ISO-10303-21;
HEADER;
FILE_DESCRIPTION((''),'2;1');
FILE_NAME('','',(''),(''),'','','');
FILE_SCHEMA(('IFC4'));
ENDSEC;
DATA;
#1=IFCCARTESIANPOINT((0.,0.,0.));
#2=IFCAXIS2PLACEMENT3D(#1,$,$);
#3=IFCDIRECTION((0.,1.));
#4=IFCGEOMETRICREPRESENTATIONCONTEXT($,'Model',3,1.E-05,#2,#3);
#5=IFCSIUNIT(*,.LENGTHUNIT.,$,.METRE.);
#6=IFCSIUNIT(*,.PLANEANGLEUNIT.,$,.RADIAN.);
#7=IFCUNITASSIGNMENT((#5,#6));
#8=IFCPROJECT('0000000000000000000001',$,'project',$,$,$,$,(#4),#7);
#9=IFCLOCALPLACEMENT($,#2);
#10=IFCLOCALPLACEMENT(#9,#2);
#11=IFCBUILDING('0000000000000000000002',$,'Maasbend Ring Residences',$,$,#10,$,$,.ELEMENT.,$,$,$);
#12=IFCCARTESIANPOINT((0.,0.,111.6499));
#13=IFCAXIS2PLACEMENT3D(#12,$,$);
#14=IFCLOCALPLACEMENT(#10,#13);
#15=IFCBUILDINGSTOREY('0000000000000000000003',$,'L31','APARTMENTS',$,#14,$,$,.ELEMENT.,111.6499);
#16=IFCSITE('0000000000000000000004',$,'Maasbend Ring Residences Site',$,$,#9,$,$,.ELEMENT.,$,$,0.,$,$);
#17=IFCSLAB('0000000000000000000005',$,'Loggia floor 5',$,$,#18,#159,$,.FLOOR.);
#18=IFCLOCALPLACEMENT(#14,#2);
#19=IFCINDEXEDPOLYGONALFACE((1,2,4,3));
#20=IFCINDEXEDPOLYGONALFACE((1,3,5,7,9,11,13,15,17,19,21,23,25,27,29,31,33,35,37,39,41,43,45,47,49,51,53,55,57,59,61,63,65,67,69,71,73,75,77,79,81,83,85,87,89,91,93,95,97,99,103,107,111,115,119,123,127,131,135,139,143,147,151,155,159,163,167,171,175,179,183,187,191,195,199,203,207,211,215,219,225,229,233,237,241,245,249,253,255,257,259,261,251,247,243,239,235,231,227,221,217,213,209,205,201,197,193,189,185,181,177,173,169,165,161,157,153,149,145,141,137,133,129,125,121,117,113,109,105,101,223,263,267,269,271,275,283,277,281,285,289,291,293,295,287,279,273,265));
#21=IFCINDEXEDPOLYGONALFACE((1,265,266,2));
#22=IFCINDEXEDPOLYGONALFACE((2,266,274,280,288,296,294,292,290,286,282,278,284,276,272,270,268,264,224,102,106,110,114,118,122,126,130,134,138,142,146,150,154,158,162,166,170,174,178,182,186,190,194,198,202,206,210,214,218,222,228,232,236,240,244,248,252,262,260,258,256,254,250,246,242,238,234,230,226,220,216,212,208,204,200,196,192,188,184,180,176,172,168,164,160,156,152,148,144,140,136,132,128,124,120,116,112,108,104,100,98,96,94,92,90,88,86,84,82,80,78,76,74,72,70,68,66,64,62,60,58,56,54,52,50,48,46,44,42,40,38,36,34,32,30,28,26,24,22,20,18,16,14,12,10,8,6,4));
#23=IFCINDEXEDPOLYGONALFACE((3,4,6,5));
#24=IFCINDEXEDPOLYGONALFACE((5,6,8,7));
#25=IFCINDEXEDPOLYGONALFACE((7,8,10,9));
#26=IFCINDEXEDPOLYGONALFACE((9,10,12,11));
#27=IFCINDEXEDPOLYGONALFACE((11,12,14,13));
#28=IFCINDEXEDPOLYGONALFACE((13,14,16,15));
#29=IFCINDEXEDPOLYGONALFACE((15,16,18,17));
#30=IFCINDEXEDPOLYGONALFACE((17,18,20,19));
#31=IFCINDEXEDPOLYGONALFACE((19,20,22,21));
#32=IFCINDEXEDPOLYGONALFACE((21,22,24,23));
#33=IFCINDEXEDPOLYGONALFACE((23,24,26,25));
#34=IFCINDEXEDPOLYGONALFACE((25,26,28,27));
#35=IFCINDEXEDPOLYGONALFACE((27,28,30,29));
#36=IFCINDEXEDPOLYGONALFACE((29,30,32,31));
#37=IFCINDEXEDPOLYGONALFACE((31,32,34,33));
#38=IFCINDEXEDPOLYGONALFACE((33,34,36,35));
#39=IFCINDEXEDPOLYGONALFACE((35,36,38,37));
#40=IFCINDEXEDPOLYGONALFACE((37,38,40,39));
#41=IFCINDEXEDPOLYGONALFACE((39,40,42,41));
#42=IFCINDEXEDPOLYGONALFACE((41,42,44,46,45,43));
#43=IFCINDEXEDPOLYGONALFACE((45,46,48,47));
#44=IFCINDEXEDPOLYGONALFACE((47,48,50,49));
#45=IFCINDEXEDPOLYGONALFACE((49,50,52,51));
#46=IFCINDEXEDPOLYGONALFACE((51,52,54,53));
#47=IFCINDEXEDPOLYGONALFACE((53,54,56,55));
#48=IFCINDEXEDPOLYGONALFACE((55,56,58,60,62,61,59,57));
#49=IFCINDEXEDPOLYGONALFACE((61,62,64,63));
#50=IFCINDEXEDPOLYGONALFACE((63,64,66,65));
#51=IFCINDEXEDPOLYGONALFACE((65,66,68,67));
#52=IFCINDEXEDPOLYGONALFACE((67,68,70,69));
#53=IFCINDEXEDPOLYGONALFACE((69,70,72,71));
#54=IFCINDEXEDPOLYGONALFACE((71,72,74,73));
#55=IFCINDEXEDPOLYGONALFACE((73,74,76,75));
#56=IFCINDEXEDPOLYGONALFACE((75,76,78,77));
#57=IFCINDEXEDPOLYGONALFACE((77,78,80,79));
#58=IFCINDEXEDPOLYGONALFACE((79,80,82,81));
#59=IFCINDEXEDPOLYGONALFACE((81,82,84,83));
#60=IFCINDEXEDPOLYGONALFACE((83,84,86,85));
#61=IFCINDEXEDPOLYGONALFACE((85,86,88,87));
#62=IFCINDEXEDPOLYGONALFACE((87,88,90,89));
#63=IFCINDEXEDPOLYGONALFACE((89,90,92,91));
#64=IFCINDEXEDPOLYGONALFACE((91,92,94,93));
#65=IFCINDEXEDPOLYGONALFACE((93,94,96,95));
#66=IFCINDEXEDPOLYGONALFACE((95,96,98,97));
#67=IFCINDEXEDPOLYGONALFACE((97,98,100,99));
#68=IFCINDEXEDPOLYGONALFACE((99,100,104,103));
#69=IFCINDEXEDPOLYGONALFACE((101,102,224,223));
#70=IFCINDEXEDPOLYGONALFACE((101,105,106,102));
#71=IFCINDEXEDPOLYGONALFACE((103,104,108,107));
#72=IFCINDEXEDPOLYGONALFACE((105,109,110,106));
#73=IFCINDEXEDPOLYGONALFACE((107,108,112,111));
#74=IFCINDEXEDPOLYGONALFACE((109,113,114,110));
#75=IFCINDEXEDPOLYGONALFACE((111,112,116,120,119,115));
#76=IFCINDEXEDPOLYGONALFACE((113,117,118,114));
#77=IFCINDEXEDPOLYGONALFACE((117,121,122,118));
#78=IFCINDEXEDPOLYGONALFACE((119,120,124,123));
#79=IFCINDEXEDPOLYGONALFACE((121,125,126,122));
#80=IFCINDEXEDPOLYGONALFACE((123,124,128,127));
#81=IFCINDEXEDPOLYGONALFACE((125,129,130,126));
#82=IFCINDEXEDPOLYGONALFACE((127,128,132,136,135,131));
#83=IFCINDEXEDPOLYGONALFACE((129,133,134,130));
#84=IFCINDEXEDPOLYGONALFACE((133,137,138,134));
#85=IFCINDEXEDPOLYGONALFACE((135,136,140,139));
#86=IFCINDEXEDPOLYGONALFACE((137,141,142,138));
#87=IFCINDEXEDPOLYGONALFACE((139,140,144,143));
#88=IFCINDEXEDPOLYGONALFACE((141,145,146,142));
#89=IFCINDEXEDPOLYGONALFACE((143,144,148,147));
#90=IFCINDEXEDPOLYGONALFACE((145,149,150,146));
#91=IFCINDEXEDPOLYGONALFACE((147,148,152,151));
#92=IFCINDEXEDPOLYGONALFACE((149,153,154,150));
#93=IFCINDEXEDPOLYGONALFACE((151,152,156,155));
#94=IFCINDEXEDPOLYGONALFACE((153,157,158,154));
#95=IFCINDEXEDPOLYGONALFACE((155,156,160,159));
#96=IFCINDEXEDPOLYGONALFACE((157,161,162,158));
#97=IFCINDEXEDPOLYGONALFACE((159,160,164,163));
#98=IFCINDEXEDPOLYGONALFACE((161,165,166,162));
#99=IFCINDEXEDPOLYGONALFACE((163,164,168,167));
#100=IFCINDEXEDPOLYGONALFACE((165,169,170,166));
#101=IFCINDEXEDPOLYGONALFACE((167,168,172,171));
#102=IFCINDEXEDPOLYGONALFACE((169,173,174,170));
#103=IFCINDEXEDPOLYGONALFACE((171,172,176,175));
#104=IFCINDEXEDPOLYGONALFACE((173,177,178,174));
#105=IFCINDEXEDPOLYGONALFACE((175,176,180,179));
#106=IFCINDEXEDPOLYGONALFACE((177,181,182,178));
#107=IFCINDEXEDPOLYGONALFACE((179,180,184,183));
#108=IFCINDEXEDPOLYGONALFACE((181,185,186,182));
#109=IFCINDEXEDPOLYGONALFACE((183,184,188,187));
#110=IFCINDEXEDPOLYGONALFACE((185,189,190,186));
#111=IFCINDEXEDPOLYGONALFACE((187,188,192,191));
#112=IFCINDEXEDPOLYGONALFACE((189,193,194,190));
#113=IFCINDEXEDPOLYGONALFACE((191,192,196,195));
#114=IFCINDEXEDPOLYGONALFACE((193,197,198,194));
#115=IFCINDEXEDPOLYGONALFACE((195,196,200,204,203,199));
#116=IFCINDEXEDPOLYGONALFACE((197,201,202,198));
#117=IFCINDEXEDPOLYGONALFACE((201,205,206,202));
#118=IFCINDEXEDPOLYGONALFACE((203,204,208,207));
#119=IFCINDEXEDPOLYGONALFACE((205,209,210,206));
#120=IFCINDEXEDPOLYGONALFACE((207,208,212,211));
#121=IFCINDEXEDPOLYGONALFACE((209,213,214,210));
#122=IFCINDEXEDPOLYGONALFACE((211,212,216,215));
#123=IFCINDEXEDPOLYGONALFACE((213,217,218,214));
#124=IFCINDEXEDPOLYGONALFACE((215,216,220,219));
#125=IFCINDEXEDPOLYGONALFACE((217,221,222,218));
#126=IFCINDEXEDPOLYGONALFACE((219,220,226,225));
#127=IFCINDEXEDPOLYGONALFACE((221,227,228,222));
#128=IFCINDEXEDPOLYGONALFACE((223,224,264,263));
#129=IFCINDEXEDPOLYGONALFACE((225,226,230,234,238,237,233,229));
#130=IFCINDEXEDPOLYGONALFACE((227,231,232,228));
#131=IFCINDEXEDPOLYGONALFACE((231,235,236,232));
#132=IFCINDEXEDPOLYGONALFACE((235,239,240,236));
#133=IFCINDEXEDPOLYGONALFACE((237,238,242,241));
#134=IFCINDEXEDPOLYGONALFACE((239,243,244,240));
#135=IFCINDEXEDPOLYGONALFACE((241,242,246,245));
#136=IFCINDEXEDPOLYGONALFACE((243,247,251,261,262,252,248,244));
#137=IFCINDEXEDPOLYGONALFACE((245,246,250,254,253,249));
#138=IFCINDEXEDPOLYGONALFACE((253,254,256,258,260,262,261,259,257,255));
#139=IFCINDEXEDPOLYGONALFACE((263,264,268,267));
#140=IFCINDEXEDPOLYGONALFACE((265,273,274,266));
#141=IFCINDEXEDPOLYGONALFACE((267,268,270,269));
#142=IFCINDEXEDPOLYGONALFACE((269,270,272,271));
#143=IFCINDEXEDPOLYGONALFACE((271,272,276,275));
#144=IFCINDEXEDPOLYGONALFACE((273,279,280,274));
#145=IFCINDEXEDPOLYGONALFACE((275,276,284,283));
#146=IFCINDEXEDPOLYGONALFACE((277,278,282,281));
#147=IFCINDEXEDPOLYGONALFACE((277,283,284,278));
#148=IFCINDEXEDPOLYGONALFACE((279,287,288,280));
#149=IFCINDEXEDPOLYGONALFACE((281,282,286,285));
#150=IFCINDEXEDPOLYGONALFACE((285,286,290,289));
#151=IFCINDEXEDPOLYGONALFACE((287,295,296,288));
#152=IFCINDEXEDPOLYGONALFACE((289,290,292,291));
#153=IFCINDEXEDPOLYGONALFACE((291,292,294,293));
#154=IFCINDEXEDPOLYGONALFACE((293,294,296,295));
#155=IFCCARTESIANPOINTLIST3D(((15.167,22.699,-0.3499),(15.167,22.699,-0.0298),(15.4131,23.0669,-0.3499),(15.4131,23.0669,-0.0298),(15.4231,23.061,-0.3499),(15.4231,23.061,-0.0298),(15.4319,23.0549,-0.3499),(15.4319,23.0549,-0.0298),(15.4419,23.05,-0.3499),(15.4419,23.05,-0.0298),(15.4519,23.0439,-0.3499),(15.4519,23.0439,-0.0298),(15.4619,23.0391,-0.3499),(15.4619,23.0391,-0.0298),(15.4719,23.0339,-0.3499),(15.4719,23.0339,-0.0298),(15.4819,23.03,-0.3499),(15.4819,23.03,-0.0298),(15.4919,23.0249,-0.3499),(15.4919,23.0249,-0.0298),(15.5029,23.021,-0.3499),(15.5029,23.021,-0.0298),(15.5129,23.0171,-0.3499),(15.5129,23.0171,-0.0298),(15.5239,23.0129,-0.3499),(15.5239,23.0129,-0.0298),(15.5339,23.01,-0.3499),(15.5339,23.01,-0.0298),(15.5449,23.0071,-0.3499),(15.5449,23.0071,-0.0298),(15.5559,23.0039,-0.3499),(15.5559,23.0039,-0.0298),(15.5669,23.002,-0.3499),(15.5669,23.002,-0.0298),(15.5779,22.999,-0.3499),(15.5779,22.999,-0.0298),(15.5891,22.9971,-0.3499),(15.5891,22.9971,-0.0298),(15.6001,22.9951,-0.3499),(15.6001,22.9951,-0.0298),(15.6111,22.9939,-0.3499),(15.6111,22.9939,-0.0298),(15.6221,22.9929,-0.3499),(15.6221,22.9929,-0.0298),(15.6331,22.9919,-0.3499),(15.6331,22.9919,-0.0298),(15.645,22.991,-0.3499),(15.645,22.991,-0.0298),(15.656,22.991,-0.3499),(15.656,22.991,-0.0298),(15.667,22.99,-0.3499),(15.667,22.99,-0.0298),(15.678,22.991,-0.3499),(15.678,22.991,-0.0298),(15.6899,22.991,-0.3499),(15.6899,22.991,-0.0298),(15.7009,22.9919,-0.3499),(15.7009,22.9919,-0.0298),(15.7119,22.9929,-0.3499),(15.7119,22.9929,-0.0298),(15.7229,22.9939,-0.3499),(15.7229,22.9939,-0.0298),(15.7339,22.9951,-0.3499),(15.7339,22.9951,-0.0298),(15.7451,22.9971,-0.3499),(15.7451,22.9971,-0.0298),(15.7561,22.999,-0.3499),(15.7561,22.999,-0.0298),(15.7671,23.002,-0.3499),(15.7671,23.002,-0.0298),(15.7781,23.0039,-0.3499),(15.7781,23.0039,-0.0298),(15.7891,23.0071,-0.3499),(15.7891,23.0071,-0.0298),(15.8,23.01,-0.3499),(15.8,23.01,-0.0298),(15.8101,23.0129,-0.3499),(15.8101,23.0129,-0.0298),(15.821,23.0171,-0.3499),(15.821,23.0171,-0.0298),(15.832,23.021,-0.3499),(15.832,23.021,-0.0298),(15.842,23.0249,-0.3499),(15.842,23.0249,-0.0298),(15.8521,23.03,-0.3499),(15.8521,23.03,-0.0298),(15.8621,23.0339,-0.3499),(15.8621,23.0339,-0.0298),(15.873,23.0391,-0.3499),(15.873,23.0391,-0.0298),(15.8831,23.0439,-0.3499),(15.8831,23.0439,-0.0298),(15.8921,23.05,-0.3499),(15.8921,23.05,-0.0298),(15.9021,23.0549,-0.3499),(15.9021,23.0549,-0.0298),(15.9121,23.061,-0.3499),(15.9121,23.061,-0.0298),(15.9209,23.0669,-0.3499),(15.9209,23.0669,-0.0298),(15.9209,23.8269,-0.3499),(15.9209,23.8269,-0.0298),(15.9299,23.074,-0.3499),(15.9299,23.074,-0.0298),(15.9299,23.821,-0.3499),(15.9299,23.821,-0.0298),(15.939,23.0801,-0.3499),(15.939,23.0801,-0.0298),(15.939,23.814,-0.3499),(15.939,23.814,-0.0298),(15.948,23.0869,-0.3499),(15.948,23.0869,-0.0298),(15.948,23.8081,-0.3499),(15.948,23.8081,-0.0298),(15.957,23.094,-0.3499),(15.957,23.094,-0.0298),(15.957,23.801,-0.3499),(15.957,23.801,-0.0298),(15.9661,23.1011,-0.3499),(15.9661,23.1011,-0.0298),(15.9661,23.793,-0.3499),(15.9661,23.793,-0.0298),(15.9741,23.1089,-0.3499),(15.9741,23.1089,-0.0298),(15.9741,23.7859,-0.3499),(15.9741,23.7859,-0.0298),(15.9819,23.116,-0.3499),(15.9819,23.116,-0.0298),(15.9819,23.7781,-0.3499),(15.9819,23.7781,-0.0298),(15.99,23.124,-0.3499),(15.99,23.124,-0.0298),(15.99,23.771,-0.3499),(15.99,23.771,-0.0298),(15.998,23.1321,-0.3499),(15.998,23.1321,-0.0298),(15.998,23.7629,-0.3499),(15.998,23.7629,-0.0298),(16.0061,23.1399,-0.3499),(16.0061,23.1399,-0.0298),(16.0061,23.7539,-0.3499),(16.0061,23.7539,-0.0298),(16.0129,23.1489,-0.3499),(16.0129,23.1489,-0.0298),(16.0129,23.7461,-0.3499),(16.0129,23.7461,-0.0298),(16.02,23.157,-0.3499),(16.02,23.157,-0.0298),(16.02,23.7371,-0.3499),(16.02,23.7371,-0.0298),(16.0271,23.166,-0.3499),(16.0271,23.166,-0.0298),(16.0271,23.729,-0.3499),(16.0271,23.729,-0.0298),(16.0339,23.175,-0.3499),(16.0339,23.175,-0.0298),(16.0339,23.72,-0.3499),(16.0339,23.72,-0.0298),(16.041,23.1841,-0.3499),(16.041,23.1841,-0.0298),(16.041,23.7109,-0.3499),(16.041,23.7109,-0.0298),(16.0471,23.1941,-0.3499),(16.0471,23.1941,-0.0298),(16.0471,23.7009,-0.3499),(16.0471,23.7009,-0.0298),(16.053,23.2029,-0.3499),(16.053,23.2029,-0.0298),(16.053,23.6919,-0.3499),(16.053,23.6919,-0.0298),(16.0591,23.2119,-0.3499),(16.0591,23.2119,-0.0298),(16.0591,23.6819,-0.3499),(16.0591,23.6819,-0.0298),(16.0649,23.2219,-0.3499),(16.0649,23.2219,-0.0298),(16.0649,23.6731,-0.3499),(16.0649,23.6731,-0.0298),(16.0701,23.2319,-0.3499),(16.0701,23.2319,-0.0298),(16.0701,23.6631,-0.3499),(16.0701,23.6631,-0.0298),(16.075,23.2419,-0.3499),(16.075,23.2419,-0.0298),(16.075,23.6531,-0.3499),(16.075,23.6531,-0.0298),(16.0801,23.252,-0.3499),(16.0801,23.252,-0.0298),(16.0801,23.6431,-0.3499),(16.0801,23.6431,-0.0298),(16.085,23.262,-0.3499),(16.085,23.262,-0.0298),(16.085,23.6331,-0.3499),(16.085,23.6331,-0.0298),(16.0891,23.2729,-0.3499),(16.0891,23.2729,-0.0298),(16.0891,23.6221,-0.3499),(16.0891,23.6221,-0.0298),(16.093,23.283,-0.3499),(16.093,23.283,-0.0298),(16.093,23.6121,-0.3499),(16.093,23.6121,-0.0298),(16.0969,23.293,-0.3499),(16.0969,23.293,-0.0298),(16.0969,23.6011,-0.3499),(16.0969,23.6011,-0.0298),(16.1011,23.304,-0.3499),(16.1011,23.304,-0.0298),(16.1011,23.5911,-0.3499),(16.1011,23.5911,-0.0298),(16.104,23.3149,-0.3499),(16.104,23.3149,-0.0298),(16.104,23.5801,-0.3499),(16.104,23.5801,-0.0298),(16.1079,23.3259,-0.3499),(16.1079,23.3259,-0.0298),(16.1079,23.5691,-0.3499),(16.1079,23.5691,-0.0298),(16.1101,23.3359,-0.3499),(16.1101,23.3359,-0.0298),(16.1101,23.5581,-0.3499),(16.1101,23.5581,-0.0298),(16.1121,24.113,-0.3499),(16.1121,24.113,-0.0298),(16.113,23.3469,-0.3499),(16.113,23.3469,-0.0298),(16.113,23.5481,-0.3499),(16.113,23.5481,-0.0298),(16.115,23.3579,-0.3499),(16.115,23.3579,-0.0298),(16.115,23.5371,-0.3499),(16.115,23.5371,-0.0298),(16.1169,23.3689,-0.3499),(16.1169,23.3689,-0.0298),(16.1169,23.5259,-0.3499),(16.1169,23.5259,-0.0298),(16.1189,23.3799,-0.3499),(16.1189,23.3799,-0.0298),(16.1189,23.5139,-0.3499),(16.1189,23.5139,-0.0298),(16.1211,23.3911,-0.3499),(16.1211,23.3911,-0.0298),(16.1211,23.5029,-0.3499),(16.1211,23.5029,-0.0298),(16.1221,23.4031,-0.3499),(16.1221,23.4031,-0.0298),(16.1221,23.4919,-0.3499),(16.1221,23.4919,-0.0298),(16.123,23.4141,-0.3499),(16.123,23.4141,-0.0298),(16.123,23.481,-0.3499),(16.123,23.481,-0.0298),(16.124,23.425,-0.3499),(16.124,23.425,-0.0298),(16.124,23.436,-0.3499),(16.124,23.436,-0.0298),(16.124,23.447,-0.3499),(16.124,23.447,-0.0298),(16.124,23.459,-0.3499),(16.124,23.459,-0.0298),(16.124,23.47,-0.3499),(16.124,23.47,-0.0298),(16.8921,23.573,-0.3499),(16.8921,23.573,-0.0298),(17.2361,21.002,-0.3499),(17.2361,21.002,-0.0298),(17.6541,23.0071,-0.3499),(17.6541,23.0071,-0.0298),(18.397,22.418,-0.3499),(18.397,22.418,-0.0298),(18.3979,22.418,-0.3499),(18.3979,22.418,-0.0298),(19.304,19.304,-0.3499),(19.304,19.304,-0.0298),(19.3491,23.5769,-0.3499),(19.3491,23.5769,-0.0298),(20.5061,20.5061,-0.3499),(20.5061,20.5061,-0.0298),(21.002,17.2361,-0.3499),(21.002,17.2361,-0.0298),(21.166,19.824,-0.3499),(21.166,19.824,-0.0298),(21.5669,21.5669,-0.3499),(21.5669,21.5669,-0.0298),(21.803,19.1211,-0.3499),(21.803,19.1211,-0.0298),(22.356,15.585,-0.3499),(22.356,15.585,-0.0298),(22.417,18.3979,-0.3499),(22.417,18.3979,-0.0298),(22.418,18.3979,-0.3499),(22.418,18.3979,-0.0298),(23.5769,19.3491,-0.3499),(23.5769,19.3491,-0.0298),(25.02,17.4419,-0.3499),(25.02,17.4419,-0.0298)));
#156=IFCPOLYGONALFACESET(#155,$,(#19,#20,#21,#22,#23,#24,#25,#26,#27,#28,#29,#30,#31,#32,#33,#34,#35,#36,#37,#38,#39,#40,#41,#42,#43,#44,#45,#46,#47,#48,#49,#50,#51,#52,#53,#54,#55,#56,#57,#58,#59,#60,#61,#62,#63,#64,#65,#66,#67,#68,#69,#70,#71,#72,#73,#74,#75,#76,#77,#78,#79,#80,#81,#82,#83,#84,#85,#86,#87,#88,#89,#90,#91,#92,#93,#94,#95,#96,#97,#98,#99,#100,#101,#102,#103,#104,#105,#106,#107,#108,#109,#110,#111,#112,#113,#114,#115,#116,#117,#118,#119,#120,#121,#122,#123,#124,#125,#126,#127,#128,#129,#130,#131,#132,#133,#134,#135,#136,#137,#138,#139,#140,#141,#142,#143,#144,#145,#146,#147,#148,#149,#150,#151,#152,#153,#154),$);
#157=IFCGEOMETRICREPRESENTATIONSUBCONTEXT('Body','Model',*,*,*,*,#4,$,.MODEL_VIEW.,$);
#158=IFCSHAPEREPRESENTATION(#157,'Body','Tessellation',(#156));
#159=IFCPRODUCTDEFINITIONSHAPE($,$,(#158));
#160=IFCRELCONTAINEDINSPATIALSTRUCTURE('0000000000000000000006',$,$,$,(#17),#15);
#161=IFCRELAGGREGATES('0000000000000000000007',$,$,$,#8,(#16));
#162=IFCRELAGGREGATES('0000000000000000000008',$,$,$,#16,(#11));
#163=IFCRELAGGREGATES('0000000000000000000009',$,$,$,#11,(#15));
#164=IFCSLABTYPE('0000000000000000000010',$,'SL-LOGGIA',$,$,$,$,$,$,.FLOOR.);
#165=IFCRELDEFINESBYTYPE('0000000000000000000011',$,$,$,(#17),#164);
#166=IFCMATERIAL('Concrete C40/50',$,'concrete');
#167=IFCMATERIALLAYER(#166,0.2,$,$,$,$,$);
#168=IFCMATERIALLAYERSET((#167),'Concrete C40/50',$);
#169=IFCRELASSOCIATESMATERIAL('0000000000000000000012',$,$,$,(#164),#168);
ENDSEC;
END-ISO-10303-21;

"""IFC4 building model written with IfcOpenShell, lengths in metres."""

from ifc_helpers import new_model, si_unit, direction, frame, origin, place, context, subcontext, project, spatial, polyline, outline, extrude, material, layer, layer_set, type_object, element, save


model = new_model("IFC4")

# Units and contexts
model_context = context("Model", 3, precision=1e-05, world=origin(), true_north=direction((0.0, 1.0)))
body_context = subcontext(model_context, "Body", "Model", "MODEL_VIEW")
ifc_project = project(units=[si_unit("LENGTHUNIT", "METRE"), si_unit("PLANEANGLEUNIT", "RADIAN")], contexts=[model_context])

# Site, building, storey
site_placement = place(None, origin())
site = spatial("IfcSite", under=ifc_project, at=site_placement, Name="Maasbend Ring Residences Site", CompositionType="ELEMENT", RefElevation=0.0)
building_placement = place(site_placement, origin())
building = spatial("IfcBuilding", under=site, at=building_placement, Name="Maasbend Ring Residences", CompositionType="ELEMENT")
storey_placement = place(building_placement, frame((0.0, 0.0, 111.6499)))
storey = spatial("IfcBuildingStorey", under=building, at=storey_placement, Name="L31", Description="APARTMENTS", CompositionType="ELEMENT", Elevation=111.6499)

# Slab
ifc_material_1 = material(Name="Concrete C40/50", Category="concrete")
ifc_layer_1 = layer(ifc_material_1, 0.2)
ifc_layer_set_1 = layer_set([ifc_layer_1], Name="Concrete C40/50")
slab_type_1 = type_object("IfcSlabType", Name="SL-LOGGIA", PredefinedType="FLOOR", material=ifc_layer_set_1)
slab_1_placement = place(storey_placement, frame((0.0, 0.0, -0.3499)))
element("IfcSlab", 1, at=slab_1_placement, inside=storey, type_object=slab_type_1, Name="Loggia floor 5", PredefinedType="FLOOR", context=body_context, shape_type="SweptSolid", body=[
    extrude(outline(polyline([(15.4319, 23.0549), (15.4419, 23.05), (15.4519, 23.0439), (15.4619, 23.0391), (15.4719, 23.0339), (15.4819, 23.03), (15.4919, 23.0249), (15.5029, 23.021), (15.5129, 23.0171), (15.5239, 23.0129), (15.5339, 23.01), (15.5449, 23.0071), (15.5559, 23.0039), (15.5669, 23.002), (15.5779, 22.999), (15.5891, 22.9971), (15.6001, 22.9951), (15.6111, 22.9939), (15.6221, 22.9929), (15.6331, 22.9919), (15.645, 22.991), (15.656, 22.991), (15.667, 22.99), (15.678, 22.991), (15.6899, 22.991), (15.7009, 22.9919), (15.7119, 22.9929), (15.7229, 22.9939), (15.7339, 22.9951), (15.7451, 22.9971), (15.7561, 22.999), (15.7671, 23.002), (15.7781, 23.0039), (15.7891, 23.0071), (15.8, 23.01), (15.8101, 23.0129), (15.821, 23.0171), (15.832, 23.021), (15.842, 23.0249), (15.8521, 23.03), (15.8621, 23.0339), (15.873, 23.0391), (15.8831, 23.0439), (15.8921, 23.05), (15.9021, 23.0549), (15.9121, 23.061), (15.9209, 23.0669), (15.9299, 23.074), (15.939, 23.0801), (15.948, 23.0869), (15.957, 23.094), (15.9661, 23.1011), (15.9741, 23.1089), (15.9819, 23.116), (15.99, 23.124), (15.998, 23.1321), (16.0061, 23.1399), (16.0129, 23.1489), (16.02, 23.157), (16.0271, 23.166), (16.0339, 23.175), (16.041, 23.1841), (16.0471, 23.1941), (16.053, 23.2029), (16.0591, 23.2119), (16.0649, 23.2219), (16.0701, 23.2319), (16.075, 23.2419), (16.0801, 23.252), (16.085, 23.262), (16.0891, 23.2729), (16.093, 23.283), (16.0969, 23.293), (16.1011, 23.304), (16.104, 23.3149), (16.1079, 23.3259), (16.1101, 23.3359), (16.113, 23.3469), (16.115, 23.3579), (16.1169, 23.3689), (16.1189, 23.3799), (16.1211, 23.3911), (16.1221, 23.4031), (16.123, 23.4141), (16.124, 23.425), (16.124, 23.436), (16.124, 23.447), (16.124, 23.459), (16.124, 23.47), (16.123, 23.481), (16.1221, 23.4919), (16.1211, 23.5029), (16.1189, 23.5139), (16.1169, 23.5259), (16.115, 23.5371), (16.113, 23.5481), (16.1101, 23.5581), (16.1079, 23.5691), (16.104, 23.5801), (16.1011, 23.5911), (16.0969, 23.6011), (16.093, 23.6121), (16.0891, 23.6221), (16.085, 23.6331), (16.0801, 23.6431), (16.075, 23.6531), (16.0701, 23.6631), (16.0649, 23.6731), (16.0591, 23.6819), (16.053, 23.6919), (16.0471, 23.7009), (16.041, 23.7109), (16.0339, 23.72), (16.0271, 23.729), (16.02, 23.7371), (16.0129, 23.7461), (16.0061, 23.7539), (15.998, 23.7629), (15.99, 23.771), (15.9819, 23.7781), (15.9741, 23.7859), (15.9661, 23.793), (15.957, 23.801), (15.948, 23.8081), (15.939, 23.814), (15.9299, 23.821), (15.9209, 23.8269), (15.9209, 23.8269), (16.1121, 24.113), (16.1121, 24.113), (16.1121, 24.113), (16.8921, 23.573), (16.8921, 23.573), (17.6541, 23.0071), (17.6541, 23.0071), (18.397, 22.418), (18.397, 22.418), (18.397, 22.418), (18.397, 22.418), (18.397, 22.418), (18.397, 22.418), (18.397, 22.418), (18.397, 22.418), (18.397, 22.418), (18.397, 22.418), (18.397, 22.418), (18.3979, 22.418), (18.3979, 22.418), (18.3979, 22.418), (18.3979, 22.418), (18.3979, 22.418), (18.3979, 22.418), (19.3491, 23.5769), (19.3491, 23.5769), (19.3491, 23.5769), (21.5669, 21.5669), (21.5669, 21.5669), (21.5669, 21.5669), (20.5061, 20.5061), (20.5061, 20.5061), (20.5061, 20.5061), (20.5061, 20.5061), (20.5061, 20.5061), (20.5061, 20.5061), (20.5061, 20.5061), (20.5061, 20.5061), (20.5061, 20.5061), (20.5061, 20.5061), (20.5061, 20.5061), (20.5061, 20.5061), (20.5061, 20.5061), (20.5061, 20.5061), (20.5061, 20.5061), (20.5061, 20.5061), (20.5061, 20.5061), (21.166, 19.824), (21.166, 19.824), (21.803, 19.1211), (21.803, 19.1211), (22.417, 18.3979), (22.417, 18.3979), (22.417, 18.3979), (22.417, 18.3979), (22.417, 18.3979), (22.417, 18.3979), (22.417, 18.3979), (22.417, 18.3979), (22.417, 18.3979), (22.417, 18.3979), (22.417, 18.3979), (22.417, 18.3979), (22.418, 18.3979), (22.418, 18.3979), (22.418, 18.3979), (22.418, 18.3979), (22.418, 18.3979), (23.5769, 19.3491), (23.5769, 19.3491), (23.5769, 19.3491), (25.02, 17.4419), (25.02, 17.4419), (25.02, 17.4419), (22.356, 15.585), (22.356, 15.585), (22.356, 15.585), (21.002, 17.2361), (19.304, 19.304), (19.304, 19.304), (19.304, 19.304), (17.2361, 21.002), (15.167, 22.699), (15.167, 22.699), (15.167, 22.699), (15.4131, 23.0669), (15.4131, 23.0669), (15.4231, 23.061), (15.4319, 23.0549)])), origin(), (0.0, 0.0, 1.0), 0.3201),
])

save(model, "model.ifc")
